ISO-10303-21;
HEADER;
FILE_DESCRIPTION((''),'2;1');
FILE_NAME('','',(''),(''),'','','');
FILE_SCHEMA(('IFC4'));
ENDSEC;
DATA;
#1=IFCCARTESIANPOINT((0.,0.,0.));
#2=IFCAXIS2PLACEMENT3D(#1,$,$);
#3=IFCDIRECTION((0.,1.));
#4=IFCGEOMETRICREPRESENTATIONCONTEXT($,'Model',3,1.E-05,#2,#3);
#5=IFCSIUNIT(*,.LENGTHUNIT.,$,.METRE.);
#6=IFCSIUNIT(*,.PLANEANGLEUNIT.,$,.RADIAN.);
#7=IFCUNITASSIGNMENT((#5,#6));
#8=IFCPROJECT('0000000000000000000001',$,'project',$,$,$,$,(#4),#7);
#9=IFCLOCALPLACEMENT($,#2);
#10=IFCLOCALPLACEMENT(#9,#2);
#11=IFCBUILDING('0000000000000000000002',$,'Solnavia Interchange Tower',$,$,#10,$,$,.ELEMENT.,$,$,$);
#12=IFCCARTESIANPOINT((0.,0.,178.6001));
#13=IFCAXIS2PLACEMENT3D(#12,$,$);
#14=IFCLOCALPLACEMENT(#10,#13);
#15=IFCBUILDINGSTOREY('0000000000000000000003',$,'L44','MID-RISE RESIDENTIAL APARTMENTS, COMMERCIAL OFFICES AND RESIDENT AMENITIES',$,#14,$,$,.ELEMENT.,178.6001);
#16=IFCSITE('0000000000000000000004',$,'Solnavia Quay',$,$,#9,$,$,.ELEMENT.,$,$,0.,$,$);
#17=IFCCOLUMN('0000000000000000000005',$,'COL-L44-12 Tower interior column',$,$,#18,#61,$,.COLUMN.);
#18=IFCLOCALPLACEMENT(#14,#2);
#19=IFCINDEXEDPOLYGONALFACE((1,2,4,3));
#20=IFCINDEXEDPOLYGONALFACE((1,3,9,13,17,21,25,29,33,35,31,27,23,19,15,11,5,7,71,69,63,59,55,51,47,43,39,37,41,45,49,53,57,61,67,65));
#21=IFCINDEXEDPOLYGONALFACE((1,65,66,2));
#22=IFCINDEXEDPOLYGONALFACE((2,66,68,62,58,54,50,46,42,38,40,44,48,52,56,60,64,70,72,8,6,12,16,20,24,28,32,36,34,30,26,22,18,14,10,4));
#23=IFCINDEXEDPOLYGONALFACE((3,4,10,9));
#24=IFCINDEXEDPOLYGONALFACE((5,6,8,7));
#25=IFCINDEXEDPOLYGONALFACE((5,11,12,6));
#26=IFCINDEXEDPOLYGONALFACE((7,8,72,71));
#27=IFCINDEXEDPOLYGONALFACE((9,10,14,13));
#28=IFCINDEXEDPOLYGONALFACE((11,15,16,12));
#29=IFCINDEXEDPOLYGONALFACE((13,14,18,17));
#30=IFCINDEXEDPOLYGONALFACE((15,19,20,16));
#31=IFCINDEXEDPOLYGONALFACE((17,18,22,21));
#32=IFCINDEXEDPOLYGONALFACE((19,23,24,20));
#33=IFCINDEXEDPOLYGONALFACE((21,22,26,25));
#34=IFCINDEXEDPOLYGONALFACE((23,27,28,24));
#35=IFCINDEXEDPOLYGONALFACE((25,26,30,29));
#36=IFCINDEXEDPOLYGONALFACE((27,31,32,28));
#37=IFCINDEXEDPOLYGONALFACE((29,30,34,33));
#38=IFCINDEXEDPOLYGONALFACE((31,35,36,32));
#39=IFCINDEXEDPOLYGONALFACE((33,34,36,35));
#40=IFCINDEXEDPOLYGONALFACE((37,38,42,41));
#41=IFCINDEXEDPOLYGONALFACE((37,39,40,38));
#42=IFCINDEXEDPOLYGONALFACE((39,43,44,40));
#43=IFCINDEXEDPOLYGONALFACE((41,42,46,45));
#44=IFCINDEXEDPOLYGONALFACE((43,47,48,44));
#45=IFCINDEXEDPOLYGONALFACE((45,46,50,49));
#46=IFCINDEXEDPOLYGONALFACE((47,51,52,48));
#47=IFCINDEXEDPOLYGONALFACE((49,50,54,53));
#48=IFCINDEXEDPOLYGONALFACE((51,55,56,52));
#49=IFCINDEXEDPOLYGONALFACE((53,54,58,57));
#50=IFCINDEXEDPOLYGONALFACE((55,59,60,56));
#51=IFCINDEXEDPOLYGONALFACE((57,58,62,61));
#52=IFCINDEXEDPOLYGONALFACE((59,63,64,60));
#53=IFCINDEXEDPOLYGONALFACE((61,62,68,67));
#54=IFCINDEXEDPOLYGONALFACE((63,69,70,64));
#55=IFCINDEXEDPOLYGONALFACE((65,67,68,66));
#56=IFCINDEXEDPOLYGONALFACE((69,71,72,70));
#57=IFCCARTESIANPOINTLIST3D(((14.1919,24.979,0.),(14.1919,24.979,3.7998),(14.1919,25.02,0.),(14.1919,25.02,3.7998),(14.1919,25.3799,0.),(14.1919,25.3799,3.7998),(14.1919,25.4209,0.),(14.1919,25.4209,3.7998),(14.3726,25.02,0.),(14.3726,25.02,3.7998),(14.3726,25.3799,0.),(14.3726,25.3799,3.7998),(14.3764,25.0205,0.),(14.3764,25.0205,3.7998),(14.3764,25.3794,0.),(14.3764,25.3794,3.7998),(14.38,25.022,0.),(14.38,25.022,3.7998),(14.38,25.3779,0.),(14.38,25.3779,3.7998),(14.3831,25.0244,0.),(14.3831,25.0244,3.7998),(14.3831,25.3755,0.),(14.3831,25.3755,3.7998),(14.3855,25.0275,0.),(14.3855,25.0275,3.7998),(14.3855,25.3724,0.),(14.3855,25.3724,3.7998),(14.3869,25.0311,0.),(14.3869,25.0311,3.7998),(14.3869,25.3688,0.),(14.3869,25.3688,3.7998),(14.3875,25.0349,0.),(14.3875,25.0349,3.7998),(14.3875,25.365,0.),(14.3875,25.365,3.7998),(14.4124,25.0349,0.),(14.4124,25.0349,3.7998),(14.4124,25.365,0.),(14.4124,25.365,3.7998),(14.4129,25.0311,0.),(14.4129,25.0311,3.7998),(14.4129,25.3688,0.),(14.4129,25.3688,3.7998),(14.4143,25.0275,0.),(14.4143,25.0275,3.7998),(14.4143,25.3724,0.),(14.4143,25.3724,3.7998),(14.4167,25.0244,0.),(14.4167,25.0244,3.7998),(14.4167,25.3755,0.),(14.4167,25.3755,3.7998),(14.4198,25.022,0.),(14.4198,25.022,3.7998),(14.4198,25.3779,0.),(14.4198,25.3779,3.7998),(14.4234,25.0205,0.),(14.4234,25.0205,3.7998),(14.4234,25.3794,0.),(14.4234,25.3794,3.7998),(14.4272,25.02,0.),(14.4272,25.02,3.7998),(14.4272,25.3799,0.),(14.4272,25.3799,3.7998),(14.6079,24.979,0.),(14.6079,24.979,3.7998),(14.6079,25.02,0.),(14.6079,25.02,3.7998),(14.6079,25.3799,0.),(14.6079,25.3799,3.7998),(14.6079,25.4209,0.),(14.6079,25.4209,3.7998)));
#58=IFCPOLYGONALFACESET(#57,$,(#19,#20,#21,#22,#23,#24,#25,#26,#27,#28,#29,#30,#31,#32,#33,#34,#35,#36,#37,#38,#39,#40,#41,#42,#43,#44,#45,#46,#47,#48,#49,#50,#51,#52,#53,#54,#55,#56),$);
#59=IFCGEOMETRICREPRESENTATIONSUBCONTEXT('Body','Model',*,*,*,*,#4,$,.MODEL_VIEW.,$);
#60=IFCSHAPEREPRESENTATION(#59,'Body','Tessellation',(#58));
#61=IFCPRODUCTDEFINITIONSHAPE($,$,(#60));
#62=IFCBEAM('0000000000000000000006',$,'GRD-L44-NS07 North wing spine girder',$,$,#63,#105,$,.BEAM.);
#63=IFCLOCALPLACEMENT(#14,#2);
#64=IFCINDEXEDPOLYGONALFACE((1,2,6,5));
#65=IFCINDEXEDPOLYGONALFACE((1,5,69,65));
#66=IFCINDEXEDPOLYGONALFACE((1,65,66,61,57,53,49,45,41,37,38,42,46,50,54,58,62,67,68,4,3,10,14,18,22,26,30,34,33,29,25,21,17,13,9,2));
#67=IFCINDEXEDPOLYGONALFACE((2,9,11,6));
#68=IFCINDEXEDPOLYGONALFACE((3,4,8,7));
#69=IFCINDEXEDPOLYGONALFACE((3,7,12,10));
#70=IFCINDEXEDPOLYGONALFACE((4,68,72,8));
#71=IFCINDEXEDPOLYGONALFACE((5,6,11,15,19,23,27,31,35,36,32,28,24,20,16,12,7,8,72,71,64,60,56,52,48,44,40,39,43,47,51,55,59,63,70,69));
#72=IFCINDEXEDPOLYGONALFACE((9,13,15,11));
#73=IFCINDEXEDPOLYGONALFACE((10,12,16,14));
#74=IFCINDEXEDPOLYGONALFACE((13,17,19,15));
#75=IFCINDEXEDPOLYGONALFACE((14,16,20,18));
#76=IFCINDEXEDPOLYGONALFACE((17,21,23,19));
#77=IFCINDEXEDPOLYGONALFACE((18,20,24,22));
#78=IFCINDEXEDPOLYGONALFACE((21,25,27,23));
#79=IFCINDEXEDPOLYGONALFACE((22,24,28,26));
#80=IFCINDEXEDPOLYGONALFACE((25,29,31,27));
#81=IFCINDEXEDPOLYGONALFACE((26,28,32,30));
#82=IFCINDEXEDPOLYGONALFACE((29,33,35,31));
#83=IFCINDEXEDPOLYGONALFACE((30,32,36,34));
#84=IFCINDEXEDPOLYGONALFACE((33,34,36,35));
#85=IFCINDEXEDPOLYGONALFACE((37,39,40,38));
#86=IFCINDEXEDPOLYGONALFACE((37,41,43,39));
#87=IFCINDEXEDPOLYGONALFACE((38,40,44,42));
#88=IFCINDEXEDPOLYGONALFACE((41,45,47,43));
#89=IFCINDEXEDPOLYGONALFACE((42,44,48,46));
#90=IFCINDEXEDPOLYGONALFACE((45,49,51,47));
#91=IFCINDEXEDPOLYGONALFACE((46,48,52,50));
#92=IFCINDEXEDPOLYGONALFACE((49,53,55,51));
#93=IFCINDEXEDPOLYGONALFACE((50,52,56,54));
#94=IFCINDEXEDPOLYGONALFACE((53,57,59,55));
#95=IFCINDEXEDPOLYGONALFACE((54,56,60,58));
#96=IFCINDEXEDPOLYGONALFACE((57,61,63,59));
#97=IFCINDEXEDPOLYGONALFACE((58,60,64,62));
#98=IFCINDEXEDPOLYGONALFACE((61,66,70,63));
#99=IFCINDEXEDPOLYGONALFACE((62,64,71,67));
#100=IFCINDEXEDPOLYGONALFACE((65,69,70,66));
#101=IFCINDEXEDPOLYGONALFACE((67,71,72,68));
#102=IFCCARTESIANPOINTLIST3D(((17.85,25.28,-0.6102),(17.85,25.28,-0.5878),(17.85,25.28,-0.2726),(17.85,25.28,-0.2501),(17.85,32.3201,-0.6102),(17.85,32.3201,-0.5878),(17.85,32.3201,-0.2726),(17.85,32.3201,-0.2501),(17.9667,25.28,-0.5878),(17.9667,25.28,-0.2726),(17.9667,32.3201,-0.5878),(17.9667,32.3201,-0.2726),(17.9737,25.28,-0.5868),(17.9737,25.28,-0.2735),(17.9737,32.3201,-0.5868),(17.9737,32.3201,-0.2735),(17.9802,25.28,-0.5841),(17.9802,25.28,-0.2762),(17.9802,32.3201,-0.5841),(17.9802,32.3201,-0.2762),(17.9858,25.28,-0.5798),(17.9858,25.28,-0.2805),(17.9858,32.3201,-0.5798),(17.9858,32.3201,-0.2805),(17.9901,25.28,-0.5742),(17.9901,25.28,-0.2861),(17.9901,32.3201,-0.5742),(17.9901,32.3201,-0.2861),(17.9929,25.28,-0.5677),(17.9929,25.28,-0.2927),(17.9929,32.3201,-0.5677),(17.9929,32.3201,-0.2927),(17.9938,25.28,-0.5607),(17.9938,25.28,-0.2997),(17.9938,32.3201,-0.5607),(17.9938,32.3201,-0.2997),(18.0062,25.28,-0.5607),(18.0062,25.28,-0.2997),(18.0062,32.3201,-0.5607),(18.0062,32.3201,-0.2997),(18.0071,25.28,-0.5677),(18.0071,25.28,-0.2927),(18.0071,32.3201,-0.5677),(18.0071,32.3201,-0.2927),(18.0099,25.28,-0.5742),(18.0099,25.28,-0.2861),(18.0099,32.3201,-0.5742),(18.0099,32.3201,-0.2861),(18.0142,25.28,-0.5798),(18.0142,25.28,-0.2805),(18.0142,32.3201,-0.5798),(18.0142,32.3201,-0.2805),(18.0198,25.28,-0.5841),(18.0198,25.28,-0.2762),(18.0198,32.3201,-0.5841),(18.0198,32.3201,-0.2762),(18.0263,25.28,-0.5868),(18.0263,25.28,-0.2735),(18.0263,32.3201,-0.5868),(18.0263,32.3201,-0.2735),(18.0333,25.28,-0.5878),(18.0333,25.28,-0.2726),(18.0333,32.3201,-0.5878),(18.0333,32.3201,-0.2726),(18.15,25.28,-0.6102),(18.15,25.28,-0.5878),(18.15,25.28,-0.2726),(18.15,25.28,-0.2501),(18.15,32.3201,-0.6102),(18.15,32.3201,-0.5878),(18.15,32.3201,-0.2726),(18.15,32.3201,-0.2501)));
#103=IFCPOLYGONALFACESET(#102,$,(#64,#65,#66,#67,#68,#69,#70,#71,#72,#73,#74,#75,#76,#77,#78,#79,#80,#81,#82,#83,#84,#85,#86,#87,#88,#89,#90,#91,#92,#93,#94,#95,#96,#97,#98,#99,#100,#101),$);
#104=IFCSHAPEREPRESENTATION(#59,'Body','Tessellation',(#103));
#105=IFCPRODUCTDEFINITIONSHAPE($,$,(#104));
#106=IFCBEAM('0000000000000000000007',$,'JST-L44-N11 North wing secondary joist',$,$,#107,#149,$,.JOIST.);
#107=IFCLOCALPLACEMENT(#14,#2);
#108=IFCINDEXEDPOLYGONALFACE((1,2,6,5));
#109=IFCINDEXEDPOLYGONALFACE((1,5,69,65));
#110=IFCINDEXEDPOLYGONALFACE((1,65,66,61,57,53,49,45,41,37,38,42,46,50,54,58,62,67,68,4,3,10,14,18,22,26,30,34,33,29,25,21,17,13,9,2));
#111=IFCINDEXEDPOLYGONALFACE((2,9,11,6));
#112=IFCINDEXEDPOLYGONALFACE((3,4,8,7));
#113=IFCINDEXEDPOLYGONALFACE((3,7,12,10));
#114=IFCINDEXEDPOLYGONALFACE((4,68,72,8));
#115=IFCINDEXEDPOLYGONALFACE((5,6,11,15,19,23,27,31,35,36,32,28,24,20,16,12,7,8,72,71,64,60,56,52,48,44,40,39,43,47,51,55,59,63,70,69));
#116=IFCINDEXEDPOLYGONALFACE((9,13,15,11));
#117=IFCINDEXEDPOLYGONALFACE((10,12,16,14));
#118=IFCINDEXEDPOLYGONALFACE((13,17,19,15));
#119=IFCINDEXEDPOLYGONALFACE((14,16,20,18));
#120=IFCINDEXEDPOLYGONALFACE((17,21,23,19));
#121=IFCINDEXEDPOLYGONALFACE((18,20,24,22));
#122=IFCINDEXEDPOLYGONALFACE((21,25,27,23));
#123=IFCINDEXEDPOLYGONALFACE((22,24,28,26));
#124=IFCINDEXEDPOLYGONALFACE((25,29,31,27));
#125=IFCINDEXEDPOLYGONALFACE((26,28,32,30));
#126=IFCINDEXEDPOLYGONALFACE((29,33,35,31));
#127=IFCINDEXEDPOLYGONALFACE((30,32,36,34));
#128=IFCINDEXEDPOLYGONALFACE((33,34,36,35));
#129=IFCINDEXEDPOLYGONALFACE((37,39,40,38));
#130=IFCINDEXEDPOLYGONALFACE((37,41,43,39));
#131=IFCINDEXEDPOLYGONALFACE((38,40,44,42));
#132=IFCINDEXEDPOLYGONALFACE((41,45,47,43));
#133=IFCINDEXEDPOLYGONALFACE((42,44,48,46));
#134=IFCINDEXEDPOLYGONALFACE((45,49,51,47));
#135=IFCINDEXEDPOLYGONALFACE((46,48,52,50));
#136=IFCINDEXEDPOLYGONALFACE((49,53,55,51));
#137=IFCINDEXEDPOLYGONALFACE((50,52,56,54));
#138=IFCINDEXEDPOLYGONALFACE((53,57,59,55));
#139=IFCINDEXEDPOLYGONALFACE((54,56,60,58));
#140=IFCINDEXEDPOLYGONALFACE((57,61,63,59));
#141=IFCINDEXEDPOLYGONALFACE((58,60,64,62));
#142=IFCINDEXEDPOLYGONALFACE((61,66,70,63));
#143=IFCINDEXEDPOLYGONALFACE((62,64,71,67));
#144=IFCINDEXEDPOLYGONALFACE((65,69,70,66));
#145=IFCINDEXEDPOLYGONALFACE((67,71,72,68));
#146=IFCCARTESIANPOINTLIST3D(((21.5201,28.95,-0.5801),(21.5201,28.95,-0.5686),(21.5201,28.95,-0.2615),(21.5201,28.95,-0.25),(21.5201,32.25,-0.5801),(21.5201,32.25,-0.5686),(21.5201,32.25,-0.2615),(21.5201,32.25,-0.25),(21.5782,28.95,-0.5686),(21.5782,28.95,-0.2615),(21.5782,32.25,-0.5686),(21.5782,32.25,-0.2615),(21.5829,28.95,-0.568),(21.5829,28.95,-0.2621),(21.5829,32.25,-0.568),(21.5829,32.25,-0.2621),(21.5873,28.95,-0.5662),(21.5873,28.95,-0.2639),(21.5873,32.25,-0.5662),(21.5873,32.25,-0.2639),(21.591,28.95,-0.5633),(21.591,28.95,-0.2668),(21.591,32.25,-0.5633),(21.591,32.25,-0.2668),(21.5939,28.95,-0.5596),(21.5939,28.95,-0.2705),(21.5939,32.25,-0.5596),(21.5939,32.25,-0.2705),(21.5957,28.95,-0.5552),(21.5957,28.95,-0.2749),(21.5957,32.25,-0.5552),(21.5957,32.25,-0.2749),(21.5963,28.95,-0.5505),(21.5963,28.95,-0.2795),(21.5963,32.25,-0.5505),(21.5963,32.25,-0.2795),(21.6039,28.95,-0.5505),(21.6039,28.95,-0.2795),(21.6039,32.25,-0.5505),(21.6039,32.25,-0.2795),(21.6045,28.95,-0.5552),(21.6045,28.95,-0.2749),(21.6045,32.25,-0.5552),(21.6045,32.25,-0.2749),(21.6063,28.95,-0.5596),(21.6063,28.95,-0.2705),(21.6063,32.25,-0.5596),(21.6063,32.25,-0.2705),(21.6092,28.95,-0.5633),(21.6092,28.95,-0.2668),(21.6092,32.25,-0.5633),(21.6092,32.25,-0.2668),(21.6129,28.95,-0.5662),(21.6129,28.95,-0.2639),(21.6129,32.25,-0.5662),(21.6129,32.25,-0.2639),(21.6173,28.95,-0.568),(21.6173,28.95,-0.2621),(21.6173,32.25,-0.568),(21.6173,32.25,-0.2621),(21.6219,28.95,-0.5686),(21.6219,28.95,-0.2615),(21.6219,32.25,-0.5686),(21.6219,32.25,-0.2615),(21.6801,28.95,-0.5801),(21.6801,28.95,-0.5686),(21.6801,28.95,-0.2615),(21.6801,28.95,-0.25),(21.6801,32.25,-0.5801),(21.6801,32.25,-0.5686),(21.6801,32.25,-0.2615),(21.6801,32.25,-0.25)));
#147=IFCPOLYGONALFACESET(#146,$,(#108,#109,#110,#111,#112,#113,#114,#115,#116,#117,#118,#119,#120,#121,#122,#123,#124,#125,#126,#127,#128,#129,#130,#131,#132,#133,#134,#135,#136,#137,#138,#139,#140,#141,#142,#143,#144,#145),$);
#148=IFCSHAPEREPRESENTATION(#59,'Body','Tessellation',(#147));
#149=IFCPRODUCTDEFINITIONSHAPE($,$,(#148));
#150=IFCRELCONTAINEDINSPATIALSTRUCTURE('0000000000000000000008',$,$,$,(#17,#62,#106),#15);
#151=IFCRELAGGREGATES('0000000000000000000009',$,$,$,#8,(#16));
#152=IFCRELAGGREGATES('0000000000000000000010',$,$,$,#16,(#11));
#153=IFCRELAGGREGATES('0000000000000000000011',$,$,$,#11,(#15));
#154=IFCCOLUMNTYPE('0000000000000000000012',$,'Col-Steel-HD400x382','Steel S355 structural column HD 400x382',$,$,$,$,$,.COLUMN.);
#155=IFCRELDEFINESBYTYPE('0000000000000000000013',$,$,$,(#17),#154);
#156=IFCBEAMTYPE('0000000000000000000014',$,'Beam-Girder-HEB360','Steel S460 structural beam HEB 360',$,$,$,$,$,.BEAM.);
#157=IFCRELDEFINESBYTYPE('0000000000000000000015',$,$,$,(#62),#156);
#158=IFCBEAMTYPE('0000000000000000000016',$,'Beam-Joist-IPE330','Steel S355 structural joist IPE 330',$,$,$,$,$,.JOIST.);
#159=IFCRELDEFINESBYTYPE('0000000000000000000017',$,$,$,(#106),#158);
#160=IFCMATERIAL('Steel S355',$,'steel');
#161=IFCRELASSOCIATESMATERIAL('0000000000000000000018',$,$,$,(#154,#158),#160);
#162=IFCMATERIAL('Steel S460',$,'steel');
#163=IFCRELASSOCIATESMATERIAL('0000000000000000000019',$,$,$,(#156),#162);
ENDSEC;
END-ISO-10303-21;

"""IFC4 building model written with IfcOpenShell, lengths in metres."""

from ifc_helpers import new_model, si_unit, direction, frame, origin, origin_2d, place, context, subcontext, project, spatial, i_section, extrude, material, material_profile, profile_set, type_object, element, save


model = new_model("IFC4")

# Units and contexts
model_context = context("Model", 3, precision=1e-05, world=origin(), true_north=direction((0.0, 1.0)))
body_context = subcontext(model_context, "Body", "Model", "MODEL_VIEW")
ifc_project = project(units=[si_unit("LENGTHUNIT", "METRE"), si_unit("PLANEANGLEUNIT", "RADIAN")], contexts=[model_context])

# Site, building, storey
site_placement = place(None, origin())
site = spatial("IfcSite", under=ifc_project, at=site_placement, Name="Solnavia Quay", CompositionType="ELEMENT", RefElevation=0.0)
building_placement = place(site_placement, origin())
building = spatial("IfcBuilding", under=site, at=building_placement, Name="Solnavia Interchange Tower", CompositionType="ELEMENT")
storey_placement = place(building_placement, frame((0.0, 0.0, 178.6001)))
storey = spatial("IfcBuildingStorey", under=building, at=storey_placement, Name="L44", Description="MID-RISE RESIDENTIAL APARTMENTS, COMMERCIAL OFFICES AND RESIDENT AMENITIES", CompositionType="ELEMENT", Elevation=178.6001)

# Column
ifc_material_1 = material(Name="Steel S355", Category="steel")
ifc_material_profile_1 = material_profile(ifc_material_1, i_section(OverallWidth=0.416, OverallDepth=0.4419, WebThickness=0.0249, FlangeThickness=0.041, FilletRadius=0.0149, at=origin_2d()), Name="HD 400x382")
ifc_profile_set_1 = profile_set([ifc_material_profile_1], Name="Steel S355")
column_type = type_object("IfcColumnType", Name="Col-Steel-HD400x382", Description="Steel S355 structural column HD 400x382", PredefinedType="COLUMN", material=ifc_profile_set_1)
column_placement = place(storey_placement, frame((14.3999, 25.2, 0.0), z_axis=(0.0, 0.0, 1.0), x_axis=(1.0, 0.0, 0.0)))
element("IfcColumn", 1, at=column_placement, inside=storey, type_object=column_type, Name="COL-L44-12 Tower interior column", PredefinedType="COLUMN", context=body_context, shape_type="SweptSolid", body=[
    extrude(i_section(OverallWidth=0.416, OverallDepth=0.4419, WebThickness=0.0249, FlangeThickness=0.041, FilletRadius=0.0149, at=origin_2d()), origin(), (0.0, 0.0, 1.0), 3.7998),
])

# Beams
ifc_material_2 = material(Name="Steel S460", Category="steel")
ifc_material_profile_2 = material_profile(ifc_material_2, i_section(OverallWidth=0.3, OverallDepth=0.3601, WebThickness=0.0125, FlangeThickness=0.0225, FilletRadius=0.0271, at=origin_2d()), Name="HEB 360")
ifc_profile_set_2 = profile_set([ifc_material_profile_2], Name="Steel S460")
beam_type_1 = type_object("IfcBeamType", Name="Beam-Girder-HEB360", Description="Steel S460 structural beam HEB 360", PredefinedType="BEAM", material=ifc_profile_set_2)
beam_1_placement = place(storey_placement, frame((18.0, 25.28, -0.4302), z_axis=(0.0, 1.0, 0.0), x_axis=(-1.0, 0.0, 0.0)))
element("IfcBeam", 2, at=beam_1_placement, inside=storey, type_object=beam_type_1, Name="GRD-L44-NS07 North wing spine girder", PredefinedType="BEAM", context=body_context, shape_type="SweptSolid", body=[
    extrude(i_section(OverallWidth=0.3, OverallDepth=0.3601, WebThickness=0.0125, FlangeThickness=0.0225, FilletRadius=0.0271, at=origin_2d()), origin(), (0.0, 0.0, 1.0), 7.04),
])
ifc_material_profile_3 = material_profile(ifc_material_1, i_section(OverallWidth=0.1599, OverallDepth=0.3301, WebThickness=0.0076, FlangeThickness=0.0115, FilletRadius=0.0181, at=origin_2d()), Name="IPE 330")
ifc_profile_set_3 = profile_set([ifc_material_profile_3], Name="Steel S355")
beam_type_2 = type_object("IfcBeamType", Name="Beam-Joist-IPE330", Description="Steel S355 structural joist IPE 330", PredefinedType="JOIST", material=ifc_profile_set_3)
beam_2_placement = place(storey_placement, frame((21.6001, 28.95, -0.415), z_axis=(0.0, 1.0, 0.0), x_axis=(-1.0, 0.0, 0.0)))
element("IfcBeam", 3, at=beam_2_placement, inside=storey, type_object=beam_type_2, Name="JST-L44-N11 North wing secondary joist", PredefinedType="JOIST", context=body_context, shape_type="SweptSolid", body=[
    extrude(i_section(OverallWidth=0.1599, OverallDepth=0.3301, WebThickness=0.0076, FlangeThickness=0.0115, FilletRadius=0.0181, at=origin_2d()), origin(), (0.0, 0.0, 1.0), 3.3),
])

save(model, "model.ifc")
